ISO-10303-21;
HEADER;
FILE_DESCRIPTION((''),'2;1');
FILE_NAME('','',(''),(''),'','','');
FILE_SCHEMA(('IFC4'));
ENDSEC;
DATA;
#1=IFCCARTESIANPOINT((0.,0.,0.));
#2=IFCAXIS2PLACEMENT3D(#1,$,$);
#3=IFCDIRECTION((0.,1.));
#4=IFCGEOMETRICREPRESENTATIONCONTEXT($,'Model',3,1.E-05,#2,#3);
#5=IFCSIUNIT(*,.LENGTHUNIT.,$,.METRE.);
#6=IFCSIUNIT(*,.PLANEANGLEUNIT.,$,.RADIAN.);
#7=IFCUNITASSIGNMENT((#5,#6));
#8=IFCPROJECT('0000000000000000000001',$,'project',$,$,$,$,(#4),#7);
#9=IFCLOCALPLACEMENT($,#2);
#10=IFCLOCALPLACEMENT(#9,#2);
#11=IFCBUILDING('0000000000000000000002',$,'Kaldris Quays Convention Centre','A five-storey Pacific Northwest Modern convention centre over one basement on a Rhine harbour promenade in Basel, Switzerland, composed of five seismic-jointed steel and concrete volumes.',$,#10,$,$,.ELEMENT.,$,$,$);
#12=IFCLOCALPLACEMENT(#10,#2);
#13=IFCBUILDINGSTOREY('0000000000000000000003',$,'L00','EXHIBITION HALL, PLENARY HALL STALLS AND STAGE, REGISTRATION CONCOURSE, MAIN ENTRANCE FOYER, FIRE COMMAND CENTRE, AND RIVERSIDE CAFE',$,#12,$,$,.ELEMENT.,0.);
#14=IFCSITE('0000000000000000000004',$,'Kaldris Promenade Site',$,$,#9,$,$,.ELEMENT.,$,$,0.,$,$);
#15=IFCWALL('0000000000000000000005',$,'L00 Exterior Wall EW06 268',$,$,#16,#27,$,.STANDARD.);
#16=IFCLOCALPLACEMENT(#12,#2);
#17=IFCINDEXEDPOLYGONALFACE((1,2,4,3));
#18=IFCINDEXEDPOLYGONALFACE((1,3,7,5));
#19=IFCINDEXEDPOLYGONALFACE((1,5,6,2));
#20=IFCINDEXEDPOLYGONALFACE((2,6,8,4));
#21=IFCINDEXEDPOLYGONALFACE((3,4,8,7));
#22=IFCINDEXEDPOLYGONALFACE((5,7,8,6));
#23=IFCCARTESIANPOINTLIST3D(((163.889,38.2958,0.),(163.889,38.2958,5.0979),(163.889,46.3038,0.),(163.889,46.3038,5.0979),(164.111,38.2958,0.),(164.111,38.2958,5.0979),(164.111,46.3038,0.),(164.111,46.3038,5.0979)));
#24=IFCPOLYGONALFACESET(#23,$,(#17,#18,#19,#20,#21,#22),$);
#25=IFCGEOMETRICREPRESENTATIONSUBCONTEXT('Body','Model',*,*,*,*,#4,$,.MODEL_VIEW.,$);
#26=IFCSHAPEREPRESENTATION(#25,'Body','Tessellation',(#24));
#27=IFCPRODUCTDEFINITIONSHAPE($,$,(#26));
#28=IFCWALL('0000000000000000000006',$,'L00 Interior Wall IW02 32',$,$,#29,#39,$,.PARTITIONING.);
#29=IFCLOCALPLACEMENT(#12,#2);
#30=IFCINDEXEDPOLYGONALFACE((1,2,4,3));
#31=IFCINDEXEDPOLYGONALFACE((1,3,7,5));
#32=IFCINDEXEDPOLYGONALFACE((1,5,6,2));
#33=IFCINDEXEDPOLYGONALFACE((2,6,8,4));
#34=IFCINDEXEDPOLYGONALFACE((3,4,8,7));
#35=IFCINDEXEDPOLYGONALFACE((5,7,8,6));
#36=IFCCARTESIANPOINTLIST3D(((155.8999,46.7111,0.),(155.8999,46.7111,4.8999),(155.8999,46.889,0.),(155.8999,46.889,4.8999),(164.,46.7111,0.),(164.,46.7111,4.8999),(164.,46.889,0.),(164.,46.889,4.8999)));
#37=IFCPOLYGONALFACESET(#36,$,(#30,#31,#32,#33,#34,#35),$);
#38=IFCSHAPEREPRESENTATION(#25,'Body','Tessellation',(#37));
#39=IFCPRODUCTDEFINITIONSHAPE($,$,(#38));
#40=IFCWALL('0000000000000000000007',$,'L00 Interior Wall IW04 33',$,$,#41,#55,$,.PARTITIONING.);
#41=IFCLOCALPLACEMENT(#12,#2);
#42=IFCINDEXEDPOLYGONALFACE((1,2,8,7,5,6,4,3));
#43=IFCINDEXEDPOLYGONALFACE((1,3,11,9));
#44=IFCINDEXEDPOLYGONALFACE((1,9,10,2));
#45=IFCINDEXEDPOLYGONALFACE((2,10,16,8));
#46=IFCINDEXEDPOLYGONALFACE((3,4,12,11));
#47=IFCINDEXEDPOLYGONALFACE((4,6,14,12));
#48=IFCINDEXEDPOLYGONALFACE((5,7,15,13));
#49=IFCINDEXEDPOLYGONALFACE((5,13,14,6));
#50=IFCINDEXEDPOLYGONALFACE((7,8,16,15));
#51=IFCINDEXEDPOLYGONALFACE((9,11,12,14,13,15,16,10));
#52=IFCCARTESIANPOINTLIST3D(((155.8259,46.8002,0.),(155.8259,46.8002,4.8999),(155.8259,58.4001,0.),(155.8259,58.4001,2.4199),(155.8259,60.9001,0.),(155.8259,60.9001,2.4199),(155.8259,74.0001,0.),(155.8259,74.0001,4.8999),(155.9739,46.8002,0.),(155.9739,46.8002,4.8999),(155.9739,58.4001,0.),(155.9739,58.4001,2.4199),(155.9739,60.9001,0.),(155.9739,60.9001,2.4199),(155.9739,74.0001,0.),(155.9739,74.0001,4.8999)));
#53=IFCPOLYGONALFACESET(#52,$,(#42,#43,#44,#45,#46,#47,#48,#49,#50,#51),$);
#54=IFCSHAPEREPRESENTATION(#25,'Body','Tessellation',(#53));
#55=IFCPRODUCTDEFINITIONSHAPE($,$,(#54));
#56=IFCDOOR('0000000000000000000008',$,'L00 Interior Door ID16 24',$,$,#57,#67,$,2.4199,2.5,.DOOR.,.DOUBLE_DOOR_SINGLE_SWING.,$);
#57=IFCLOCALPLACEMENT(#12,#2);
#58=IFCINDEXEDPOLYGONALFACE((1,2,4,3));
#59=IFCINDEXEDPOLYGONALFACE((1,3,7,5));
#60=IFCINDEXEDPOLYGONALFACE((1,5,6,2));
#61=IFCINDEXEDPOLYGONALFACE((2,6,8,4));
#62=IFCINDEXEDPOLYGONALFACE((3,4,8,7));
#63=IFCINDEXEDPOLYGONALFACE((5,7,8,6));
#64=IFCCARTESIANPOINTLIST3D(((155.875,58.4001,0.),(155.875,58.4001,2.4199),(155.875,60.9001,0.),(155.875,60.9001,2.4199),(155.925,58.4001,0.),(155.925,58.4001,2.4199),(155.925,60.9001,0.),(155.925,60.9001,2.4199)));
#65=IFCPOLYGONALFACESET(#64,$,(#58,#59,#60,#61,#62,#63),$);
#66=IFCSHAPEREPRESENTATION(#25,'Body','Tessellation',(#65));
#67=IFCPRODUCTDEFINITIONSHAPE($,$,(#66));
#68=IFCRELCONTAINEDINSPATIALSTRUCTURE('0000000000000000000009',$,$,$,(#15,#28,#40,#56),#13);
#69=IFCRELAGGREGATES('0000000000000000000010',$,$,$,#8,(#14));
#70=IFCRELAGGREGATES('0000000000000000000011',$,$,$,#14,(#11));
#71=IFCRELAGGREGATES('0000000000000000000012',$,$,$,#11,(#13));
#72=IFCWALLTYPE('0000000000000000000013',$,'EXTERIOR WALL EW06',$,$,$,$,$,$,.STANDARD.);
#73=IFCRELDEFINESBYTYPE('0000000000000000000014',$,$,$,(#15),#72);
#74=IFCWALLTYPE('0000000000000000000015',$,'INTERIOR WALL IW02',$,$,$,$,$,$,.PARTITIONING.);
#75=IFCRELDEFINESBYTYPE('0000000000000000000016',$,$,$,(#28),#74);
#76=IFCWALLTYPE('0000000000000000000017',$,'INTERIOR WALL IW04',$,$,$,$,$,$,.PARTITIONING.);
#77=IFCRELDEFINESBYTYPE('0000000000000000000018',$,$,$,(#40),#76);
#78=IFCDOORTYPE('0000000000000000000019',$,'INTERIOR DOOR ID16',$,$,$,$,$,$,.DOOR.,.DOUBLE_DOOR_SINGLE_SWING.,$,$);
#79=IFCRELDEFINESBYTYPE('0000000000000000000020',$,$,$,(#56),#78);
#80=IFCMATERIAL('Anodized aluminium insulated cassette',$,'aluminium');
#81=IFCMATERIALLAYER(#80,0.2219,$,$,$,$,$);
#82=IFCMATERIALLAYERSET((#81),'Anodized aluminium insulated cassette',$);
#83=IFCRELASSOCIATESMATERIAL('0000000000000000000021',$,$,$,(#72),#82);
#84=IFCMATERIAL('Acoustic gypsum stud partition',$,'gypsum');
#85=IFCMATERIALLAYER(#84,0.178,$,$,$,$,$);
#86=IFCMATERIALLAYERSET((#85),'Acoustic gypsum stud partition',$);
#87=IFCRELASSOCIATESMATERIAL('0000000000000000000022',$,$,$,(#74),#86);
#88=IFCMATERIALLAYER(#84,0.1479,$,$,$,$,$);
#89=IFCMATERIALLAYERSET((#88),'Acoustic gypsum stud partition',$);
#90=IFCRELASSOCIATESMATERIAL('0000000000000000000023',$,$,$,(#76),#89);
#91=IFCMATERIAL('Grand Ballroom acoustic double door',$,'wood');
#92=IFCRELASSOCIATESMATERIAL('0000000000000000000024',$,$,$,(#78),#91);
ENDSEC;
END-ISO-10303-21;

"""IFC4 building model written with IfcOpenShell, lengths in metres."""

from ifc_helpers import new_model, si_unit, direction, frame, frame_2d, origin, place, context, subcontext, project, spatial, rectangle, extrude, material, layer, layer_set, type_object, element, fill, save


model = new_model("IFC4")

# Units and contexts
model_context = context("Model", 3, precision=1e-05, world=origin(), true_north=direction((0.0, 1.0)))
body_context = subcontext(model_context, "Body", "Model", "MODEL_VIEW")
ifc_project = project(units=[si_unit("LENGTHUNIT", "METRE"), si_unit("PLANEANGLEUNIT", "RADIAN")], contexts=[model_context])

# Site, building, storey
site_placement = place(None, origin())
site = spatial("IfcSite", under=ifc_project, at=site_placement, Name="Kaldris Promenade Site", CompositionType="ELEMENT", RefElevation=0.0)
building_placement = place(site_placement, origin())
building = spatial("IfcBuilding", under=site, at=building_placement, Name="Kaldris Quays Convention Centre", Description="A five-storey Pacific Northwest Modern convention centre over one basement on a Rhine harbour promenade in Basel, Switzerland, composed of five seismic-jointed steel and concrete volumes.", CompositionType="ELEMENT")
storey_placement = place(building_placement, origin())
storey = spatial("IfcBuildingStorey", under=building, at=storey_placement, Name="L00", Description="EXHIBITION HALL, PLENARY HALL STALLS AND STAGE, REGISTRATION CONCOURSE, MAIN ENTRANCE FOYER, FIRE COMMAND CENTRE, AND RIVERSIDE CAFE", CompositionType="ELEMENT", Elevation=0.0)

# Walls
ifc_material_1 = material(Name="Anodized aluminium insulated cassette", Category="aluminium")
ifc_layer_1 = layer(ifc_material_1, 0.2219)
ifc_layer_set_1 = layer_set([ifc_layer_1], Name="Anodized aluminium insulated cassette")
wall_type_1 = type_object("IfcWallType", Name="EXTERIOR WALL EW06", PredefinedType="STANDARD", material=ifc_layer_set_1)
wall_1_placement = place(storey_placement, frame((164.0, 38.2959, 0.0), z_axis=(0.0, 0.0, 1.0), x_axis=(0.0, 1.0, 0.0)))
element("IfcWall", 1, at=wall_1_placement, inside=storey, type_object=wall_type_1, Name="L00 Exterior Wall EW06 268", PredefinedType="STANDARD", context=body_context, shape_type="SweptSolid", body=[
    extrude(rectangle(XDim=8.0081, YDim=0.2219, at=frame_2d((4.0039, 0.0))), origin(), (0.0, 0.0, 1.0), 5.0979),
])
ifc_material_2 = material(Name="Acoustic gypsum stud partition", Category="gypsum")
ifc_layer_2 = layer(ifc_material_2, 0.178)
ifc_layer_set_2 = layer_set([ifc_layer_2], Name="Acoustic gypsum stud partition")
wall_type_2 = type_object("IfcWallType", Name="INTERIOR WALL IW02", PredefinedType="PARTITIONING", material=ifc_layer_set_2)
wall_2_placement = place(storey_placement, frame((155.8999, 46.8, 0.0), z_axis=(0.0, 0.0, 1.0), x_axis=(1.0, 0.0, 0.0)))
element("IfcWall", 2, at=wall_2_placement, inside=storey, type_object=wall_type_2, Name="L00 Interior Wall IW02 32", PredefinedType="PARTITIONING", context=body_context, shape_type="SweptSolid", body=[
    extrude(rectangle(XDim=8.1001, YDim=0.178, at=frame_2d((4.05, 0.0))), origin(), (0.0, 0.0, 1.0), 4.8999),
])

# Wall, opening, door
ifc_layer_3 = layer(ifc_material_2, 0.1479)
ifc_layer_set_3 = layer_set([ifc_layer_3], Name="Acoustic gypsum stud partition")
wall_type_3 = type_object("IfcWallType", Name="INTERIOR WALL IW04", PredefinedType="PARTITIONING", material=ifc_layer_set_3)
wall_3_placement = place(storey_placement, frame((155.8999, 46.8, 0.0), z_axis=(0.0, 0.0, 1.0), x_axis=(0.0, 1.0, 0.0)))
wall_3 = element("IfcWall", 3, at=wall_3_placement, inside=storey, type_object=wall_type_3, Name="L00 Interior Wall IW04 33", PredefinedType="PARTITIONING", context=body_context, shape_type="SweptSolid", body=[
    extrude(rectangle(XDim=27.2, YDim=0.1479, at=frame_2d((13.6001, 0.0))), origin(), (0.0, 0.0, 1.0), 4.8999),
])
opening_placement = place(wall_3_placement, frame((11.6001, 0.0, 0.0)))
opening = element("IfcOpeningElement", 4, at=opening_placement, cuts=wall_3, PredefinedType="OPENING", context=body_context, shape_type="SweptSolid", body=[
    extrude(rectangle(XDim=2.5, YDim=2.4199, at=frame_2d((1.25, 1.21))), frame((0.0, 0.084, 0.0), z_axis=(0.0, -1.0, 0.0), x_axis=(1.0, 0.0, 0.0)), (0.0, 0.0, 1.0), 0.168),
])
ifc_material_3 = material(Name="Grand Ballroom acoustic double door", Category="wood")
door_type = type_object("IfcDoorType", Name="INTERIOR DOOR ID16", OperationType="DOUBLE_DOOR_SINGLE_SWING", PredefinedType="DOOR", material=ifc_material_3)
door_placement = place(opening_placement, origin())
door = element("IfcDoor", 5, at=door_placement, inside=storey, type_object=door_type, Name="L00 Interior Door ID16 24", OperationType="DOUBLE_DOOR_SINGLE_SWING", OverallHeight=2.4199, OverallWidth=2.5, PredefinedType="DOOR", context=body_context, shape_type="SweptSolid", body=[
    extrude(rectangle(XDim=2.5, YDim=2.4199, at=frame_2d((1.25, 1.21))), frame((0.0, 0.0249, 0.0), z_axis=(0.0, -1.0, 0.0), x_axis=(1.0, 0.0, 0.0)), (0.0, 0.0, 1.0), 0.05),
])
fill(opening, door)

save(model, "model.ifc")
